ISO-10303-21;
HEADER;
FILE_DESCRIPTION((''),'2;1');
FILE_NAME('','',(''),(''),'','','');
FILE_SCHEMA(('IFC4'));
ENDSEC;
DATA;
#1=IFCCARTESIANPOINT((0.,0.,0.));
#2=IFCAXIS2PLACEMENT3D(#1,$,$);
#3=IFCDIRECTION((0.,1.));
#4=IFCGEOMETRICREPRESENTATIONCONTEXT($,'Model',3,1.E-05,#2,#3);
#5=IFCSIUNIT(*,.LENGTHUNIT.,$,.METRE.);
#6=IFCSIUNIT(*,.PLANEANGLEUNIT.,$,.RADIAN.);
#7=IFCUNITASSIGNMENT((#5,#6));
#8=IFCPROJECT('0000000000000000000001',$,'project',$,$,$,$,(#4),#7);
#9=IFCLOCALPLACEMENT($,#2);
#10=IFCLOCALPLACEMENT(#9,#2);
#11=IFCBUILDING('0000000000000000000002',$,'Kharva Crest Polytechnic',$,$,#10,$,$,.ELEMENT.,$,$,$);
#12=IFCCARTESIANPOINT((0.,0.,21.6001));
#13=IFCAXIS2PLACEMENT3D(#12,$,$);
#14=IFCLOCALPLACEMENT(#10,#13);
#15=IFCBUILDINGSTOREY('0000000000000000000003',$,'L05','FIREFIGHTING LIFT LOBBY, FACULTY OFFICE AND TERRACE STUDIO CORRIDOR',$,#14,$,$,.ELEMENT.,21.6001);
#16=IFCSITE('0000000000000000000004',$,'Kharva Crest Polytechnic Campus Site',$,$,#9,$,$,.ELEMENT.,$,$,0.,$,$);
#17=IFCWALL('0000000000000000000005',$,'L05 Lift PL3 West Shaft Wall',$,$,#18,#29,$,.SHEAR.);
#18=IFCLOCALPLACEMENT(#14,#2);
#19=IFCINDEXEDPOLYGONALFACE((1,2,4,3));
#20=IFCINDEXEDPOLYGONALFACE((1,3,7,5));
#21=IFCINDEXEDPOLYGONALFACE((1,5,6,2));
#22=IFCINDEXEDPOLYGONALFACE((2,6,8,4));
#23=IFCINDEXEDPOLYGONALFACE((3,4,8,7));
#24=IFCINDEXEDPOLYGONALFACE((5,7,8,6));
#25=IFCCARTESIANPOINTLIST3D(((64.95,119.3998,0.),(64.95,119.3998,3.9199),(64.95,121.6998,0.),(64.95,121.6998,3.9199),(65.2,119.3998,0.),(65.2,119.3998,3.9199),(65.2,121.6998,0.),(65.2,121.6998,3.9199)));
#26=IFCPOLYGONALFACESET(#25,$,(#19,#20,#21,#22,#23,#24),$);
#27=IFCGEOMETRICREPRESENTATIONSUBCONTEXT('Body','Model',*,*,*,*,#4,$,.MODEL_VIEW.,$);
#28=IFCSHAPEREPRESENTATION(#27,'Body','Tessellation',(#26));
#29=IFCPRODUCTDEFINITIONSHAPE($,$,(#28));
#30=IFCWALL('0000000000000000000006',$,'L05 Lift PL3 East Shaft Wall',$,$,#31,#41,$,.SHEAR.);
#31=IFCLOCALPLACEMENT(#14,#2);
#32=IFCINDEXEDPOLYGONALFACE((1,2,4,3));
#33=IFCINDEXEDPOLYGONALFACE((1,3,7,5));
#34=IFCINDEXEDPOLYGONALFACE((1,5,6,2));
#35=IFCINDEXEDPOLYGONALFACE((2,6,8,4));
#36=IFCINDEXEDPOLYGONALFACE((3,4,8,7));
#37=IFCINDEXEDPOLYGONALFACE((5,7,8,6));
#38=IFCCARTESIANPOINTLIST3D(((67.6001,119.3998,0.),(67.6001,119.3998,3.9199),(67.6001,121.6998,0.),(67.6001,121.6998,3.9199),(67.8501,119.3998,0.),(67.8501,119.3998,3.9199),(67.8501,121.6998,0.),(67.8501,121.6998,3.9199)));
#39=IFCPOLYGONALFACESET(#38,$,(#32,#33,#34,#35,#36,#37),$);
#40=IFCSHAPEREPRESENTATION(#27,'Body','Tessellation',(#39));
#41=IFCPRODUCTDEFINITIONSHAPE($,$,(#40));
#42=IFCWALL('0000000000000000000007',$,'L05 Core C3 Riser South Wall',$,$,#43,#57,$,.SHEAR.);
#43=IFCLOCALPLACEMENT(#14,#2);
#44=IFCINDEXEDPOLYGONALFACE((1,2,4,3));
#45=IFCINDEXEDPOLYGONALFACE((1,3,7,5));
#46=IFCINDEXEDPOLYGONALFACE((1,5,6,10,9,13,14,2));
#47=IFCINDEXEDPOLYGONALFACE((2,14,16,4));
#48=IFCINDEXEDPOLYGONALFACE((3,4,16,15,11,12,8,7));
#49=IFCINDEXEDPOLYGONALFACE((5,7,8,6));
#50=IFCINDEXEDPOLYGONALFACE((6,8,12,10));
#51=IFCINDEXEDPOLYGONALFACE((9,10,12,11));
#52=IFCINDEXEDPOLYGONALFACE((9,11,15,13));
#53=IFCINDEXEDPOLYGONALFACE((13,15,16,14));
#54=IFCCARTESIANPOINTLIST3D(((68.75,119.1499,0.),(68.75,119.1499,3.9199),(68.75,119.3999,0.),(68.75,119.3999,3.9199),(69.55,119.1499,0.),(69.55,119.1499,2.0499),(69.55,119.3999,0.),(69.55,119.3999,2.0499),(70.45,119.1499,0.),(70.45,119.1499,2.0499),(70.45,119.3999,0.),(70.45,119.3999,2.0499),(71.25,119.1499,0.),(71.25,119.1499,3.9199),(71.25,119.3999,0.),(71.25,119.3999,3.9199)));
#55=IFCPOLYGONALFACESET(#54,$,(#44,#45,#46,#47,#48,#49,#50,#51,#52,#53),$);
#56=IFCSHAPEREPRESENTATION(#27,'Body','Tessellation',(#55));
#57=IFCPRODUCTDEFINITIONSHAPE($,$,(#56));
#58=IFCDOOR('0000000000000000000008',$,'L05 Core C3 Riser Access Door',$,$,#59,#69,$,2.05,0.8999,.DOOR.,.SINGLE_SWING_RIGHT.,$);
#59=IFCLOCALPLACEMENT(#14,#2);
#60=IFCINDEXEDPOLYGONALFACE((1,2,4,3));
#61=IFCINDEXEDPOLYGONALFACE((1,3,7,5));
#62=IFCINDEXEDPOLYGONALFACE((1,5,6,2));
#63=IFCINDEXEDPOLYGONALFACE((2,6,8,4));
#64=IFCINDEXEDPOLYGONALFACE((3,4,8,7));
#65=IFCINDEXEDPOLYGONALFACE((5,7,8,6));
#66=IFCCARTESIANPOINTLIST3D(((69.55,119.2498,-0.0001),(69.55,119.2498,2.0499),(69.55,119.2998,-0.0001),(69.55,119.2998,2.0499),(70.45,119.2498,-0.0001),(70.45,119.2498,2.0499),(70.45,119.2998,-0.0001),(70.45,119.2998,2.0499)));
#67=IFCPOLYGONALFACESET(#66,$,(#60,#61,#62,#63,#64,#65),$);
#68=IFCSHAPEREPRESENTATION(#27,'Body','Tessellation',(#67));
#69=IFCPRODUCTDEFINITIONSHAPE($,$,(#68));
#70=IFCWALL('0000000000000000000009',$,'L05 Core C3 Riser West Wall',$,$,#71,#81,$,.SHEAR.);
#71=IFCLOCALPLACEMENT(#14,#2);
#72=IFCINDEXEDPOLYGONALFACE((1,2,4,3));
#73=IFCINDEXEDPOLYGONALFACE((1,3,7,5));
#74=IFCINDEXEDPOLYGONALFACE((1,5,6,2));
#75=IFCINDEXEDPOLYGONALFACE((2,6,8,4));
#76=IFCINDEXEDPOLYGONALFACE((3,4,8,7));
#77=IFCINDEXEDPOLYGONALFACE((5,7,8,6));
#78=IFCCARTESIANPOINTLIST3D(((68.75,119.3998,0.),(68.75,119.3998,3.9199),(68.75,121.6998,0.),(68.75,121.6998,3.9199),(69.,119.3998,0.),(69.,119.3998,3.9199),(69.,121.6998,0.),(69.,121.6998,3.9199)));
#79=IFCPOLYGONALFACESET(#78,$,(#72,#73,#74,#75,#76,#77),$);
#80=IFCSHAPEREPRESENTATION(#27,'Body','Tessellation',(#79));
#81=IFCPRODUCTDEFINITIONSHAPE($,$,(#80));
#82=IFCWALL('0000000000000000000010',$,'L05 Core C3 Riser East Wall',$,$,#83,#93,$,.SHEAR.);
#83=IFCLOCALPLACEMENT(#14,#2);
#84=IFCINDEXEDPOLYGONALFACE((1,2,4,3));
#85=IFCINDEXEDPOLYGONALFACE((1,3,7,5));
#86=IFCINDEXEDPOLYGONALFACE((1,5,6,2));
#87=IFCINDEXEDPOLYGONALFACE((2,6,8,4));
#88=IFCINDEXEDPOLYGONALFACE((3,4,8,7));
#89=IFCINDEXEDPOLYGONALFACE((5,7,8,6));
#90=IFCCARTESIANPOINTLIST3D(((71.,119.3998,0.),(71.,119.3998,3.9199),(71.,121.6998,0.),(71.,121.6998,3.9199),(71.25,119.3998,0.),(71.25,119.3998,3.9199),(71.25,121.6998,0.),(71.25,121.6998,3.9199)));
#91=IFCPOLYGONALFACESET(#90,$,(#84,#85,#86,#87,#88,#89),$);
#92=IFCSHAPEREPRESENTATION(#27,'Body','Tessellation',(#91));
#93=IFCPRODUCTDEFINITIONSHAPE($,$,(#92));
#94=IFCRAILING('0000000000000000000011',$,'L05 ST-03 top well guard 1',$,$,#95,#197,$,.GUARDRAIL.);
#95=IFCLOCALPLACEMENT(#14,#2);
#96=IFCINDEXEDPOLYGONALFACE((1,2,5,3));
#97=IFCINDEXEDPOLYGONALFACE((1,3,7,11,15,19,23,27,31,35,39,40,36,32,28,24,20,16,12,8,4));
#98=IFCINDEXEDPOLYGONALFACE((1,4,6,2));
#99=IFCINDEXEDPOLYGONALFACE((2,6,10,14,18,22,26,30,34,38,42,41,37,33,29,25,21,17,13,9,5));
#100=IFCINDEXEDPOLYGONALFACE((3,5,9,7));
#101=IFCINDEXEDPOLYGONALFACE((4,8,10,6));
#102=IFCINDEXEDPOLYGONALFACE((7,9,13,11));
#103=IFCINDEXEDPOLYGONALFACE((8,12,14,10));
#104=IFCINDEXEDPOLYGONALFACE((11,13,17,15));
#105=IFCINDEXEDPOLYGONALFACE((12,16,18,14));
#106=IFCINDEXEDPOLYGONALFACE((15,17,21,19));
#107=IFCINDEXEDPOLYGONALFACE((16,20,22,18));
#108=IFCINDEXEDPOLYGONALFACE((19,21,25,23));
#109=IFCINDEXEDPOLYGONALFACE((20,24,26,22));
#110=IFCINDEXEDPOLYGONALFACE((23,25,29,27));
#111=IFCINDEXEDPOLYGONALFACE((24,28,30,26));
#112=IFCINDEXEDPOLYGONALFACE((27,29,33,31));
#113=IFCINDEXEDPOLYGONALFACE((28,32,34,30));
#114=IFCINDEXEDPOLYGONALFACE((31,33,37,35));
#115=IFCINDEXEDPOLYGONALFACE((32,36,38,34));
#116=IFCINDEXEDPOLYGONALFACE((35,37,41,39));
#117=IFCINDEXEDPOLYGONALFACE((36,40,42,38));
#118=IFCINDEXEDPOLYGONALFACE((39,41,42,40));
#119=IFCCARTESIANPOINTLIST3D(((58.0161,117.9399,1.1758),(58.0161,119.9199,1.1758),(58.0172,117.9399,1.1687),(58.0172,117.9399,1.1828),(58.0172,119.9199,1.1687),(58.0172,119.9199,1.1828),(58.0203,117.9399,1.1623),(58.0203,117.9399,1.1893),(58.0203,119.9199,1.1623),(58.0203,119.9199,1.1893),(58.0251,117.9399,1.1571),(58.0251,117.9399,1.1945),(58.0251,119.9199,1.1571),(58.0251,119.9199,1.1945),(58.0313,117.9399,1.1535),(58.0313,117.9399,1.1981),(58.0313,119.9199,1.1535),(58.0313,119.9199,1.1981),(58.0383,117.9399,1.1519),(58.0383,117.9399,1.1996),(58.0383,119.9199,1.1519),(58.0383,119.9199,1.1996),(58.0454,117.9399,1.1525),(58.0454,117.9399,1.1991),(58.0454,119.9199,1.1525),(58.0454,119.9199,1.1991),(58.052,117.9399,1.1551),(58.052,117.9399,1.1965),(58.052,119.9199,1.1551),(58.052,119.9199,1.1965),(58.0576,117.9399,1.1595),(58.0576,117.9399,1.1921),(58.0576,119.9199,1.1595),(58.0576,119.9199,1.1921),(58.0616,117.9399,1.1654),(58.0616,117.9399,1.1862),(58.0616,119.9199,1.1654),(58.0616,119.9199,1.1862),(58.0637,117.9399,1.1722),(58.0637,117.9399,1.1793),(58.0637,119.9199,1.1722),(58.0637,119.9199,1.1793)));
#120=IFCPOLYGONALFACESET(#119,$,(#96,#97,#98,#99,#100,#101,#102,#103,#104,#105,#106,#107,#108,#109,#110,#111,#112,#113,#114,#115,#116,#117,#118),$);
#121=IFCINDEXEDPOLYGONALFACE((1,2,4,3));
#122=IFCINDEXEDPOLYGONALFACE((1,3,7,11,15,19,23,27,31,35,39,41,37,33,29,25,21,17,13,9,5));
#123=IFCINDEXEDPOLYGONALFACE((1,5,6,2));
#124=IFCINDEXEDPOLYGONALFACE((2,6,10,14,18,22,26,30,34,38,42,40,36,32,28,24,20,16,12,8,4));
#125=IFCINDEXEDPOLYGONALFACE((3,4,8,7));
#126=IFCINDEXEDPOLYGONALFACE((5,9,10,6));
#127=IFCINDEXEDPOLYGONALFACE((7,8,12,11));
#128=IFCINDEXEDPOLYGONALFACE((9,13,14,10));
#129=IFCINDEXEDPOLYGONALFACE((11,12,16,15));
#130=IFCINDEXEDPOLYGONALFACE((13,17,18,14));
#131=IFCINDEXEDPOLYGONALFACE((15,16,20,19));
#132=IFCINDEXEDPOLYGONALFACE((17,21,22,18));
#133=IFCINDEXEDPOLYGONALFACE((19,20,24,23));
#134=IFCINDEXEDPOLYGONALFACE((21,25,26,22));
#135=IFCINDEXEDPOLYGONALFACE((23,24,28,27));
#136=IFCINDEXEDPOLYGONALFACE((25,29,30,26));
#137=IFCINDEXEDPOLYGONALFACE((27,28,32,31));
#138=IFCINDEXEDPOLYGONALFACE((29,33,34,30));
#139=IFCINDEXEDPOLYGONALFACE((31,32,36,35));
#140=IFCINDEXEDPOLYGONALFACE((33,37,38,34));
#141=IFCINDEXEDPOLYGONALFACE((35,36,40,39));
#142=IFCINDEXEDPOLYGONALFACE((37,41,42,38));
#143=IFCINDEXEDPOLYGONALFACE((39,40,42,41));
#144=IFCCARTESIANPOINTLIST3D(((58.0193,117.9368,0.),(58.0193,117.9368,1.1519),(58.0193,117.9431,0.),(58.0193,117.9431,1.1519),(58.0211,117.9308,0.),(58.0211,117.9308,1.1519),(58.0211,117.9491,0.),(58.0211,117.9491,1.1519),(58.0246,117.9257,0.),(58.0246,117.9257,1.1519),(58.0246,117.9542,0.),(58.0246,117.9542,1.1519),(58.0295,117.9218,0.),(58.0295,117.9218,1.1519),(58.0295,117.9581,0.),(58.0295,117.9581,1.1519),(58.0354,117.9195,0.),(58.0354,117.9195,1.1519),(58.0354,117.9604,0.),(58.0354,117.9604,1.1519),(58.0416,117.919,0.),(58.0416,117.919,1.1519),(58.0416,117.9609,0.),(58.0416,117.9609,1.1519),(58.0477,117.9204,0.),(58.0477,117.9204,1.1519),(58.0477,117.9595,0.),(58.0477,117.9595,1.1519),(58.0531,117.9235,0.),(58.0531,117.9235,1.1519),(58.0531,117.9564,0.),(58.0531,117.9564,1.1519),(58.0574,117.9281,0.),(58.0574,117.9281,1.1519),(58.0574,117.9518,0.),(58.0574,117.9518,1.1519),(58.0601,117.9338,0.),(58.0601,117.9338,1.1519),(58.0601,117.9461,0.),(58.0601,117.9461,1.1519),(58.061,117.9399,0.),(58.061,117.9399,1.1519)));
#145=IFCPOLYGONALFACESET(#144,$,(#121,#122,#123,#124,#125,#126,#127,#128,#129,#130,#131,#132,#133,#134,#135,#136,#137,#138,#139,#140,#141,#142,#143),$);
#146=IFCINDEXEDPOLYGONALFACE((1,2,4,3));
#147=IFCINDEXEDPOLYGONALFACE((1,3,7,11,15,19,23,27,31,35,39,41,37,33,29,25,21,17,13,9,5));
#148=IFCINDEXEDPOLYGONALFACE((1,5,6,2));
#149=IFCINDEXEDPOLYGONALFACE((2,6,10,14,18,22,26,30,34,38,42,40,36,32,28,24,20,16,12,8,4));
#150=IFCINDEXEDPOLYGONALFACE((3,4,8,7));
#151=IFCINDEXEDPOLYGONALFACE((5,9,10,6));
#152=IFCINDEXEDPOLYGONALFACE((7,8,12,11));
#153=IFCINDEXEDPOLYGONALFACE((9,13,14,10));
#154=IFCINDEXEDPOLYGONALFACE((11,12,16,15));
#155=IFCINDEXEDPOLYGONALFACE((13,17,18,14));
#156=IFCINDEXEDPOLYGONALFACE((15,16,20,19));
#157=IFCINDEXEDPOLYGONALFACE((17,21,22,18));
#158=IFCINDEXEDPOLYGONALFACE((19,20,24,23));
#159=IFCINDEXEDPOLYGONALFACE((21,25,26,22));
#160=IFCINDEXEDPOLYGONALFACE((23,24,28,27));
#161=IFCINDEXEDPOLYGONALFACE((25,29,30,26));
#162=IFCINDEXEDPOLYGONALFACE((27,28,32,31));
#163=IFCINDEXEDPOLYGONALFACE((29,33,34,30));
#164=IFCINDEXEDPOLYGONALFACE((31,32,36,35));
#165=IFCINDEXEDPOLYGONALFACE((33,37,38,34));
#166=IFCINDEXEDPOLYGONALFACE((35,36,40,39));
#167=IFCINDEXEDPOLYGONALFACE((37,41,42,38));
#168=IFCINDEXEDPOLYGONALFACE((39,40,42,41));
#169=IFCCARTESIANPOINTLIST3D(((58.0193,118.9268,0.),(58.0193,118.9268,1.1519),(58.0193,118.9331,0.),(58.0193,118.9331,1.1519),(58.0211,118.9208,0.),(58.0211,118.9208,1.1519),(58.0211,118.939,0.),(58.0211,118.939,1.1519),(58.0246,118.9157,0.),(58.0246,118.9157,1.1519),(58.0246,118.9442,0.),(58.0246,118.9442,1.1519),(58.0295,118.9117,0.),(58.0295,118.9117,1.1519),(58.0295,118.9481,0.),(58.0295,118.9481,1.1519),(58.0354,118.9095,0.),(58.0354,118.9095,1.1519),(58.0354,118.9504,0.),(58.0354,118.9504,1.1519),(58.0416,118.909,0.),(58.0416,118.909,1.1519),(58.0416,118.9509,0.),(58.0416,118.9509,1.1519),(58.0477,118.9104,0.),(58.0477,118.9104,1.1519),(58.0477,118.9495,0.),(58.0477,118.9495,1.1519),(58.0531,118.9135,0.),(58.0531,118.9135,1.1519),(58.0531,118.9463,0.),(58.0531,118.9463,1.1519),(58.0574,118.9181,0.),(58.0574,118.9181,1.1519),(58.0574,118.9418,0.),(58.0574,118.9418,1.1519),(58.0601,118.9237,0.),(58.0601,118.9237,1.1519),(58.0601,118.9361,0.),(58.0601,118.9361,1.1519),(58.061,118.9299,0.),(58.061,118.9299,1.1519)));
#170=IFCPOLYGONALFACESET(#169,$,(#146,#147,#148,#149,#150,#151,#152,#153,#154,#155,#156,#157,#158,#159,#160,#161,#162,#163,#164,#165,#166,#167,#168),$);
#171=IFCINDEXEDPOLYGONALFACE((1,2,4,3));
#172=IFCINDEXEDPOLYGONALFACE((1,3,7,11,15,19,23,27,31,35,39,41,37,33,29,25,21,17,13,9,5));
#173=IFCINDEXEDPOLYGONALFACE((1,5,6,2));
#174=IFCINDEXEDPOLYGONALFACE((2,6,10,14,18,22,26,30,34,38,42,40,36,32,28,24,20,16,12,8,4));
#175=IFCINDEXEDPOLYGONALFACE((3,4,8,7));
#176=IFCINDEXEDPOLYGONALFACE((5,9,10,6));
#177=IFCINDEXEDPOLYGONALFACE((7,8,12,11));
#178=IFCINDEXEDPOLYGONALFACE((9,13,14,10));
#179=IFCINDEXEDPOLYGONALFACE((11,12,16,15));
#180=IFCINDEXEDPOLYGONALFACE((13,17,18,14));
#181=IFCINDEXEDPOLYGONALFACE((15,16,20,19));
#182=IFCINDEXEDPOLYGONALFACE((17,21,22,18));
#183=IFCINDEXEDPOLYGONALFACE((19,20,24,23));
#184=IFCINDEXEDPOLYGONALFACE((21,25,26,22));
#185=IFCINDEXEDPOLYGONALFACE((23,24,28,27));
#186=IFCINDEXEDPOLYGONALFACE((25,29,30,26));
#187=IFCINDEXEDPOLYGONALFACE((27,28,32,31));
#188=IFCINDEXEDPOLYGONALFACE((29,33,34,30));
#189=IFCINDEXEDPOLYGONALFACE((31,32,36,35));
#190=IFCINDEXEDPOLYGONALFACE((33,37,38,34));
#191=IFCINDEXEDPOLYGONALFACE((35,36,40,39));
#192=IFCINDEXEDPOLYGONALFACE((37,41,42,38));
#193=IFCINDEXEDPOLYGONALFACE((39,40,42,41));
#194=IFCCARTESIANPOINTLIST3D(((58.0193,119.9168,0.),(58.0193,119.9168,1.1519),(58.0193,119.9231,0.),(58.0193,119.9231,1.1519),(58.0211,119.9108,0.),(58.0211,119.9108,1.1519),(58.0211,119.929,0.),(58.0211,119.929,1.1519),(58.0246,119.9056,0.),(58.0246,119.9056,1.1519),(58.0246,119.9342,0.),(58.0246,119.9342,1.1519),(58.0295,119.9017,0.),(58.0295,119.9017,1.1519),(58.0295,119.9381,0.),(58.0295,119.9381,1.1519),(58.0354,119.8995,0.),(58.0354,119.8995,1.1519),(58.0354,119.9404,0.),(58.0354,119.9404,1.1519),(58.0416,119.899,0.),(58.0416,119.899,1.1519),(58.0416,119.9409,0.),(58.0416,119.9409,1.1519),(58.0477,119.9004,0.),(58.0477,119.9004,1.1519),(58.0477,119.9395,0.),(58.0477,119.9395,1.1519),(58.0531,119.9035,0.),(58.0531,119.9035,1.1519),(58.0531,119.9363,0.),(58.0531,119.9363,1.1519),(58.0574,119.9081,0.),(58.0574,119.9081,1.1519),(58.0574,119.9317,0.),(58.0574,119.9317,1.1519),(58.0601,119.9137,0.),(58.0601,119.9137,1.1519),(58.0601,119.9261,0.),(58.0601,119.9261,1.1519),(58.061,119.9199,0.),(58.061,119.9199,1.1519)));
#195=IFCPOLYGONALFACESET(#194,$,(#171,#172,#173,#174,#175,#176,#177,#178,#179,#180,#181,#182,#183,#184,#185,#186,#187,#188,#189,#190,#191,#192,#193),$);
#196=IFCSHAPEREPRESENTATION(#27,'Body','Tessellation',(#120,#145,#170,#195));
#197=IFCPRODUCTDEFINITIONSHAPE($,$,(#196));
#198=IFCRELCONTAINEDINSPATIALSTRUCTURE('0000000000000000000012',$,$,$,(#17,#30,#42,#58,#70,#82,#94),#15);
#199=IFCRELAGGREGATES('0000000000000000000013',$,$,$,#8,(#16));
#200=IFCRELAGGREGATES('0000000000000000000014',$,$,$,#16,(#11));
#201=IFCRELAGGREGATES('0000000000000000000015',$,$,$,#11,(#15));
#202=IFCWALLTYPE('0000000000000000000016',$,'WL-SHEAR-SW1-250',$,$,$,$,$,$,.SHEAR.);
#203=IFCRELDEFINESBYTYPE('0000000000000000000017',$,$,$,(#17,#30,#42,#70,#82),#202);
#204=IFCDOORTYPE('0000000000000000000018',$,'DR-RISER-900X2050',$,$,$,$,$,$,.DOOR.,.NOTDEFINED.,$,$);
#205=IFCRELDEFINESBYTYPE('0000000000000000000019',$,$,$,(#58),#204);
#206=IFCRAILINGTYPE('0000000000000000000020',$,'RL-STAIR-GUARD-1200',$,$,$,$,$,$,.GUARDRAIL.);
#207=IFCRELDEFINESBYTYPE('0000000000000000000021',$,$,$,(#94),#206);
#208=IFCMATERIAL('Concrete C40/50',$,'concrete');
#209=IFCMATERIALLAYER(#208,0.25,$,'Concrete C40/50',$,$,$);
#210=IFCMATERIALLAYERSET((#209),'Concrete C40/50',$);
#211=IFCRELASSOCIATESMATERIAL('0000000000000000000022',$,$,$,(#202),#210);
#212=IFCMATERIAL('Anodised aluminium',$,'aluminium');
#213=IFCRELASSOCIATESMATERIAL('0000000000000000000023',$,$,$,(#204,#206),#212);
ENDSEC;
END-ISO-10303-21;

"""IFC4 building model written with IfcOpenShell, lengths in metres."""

from ifc_helpers import new_model, si_unit, direction, frame, frame_2d, origin, origin_2d, place, context, subcontext, project, spatial, rectangle, circle, extrude, material, layer, layer_set, type_object, element, fill, save


model = new_model("IFC4")

# Units and contexts
model_context = context("Model", 3, precision=1e-05, world=origin(), true_north=direction((0.0, 1.0)))
body_context = subcontext(model_context, "Body", "Model", "MODEL_VIEW")
ifc_project = project(units=[si_unit("LENGTHUNIT", "METRE"), si_unit("PLANEANGLEUNIT", "RADIAN")], contexts=[model_context])

# Site, building, storey
site_placement = place(None, origin())
site = spatial("IfcSite", under=ifc_project, at=site_placement, Name="Kharva Crest Polytechnic Campus Site", CompositionType="ELEMENT", RefElevation=0.0)
building_placement = place(site_placement, origin())
building = spatial("IfcBuilding", under=site, at=building_placement, Name="Kharva Crest Polytechnic", CompositionType="ELEMENT")
storey_placement = place(building_placement, frame((0.0, 0.0, 21.6001)))
storey = spatial("IfcBuildingStorey", under=building, at=storey_placement, Name="L05", Description="FIREFIGHTING LIFT LOBBY, FACULTY OFFICE AND TERRACE STUDIO CORRIDOR", CompositionType="ELEMENT", Elevation=21.6001)

# Shared definitions
ifc_material_1 = material(Name="Concrete C40/50", Category="concrete")

# Shared definitions
ifc_material_2 = material(Name="Anodised aluminium", Category="aluminium")

# Shared definitions
ifc_layer_1 = layer(ifc_material_1, 0.25, Name="Concrete C40/50")
ifc_layer_set_1 = layer_set([ifc_layer_1], Name="Concrete C40/50")
wall_type_1 = type_object("IfcWallType", Name="WL-SHEAR-SW1-250", PredefinedType="SHEAR", material=ifc_layer_set_1)

# Walls
for number, where, z_axis, x_axis, name in (
    (1, (65.075, 119.3999, 0.0), (0.0, 0.0, 1.0), (0.0, 1.0, 0.0), "L05 Lift PL3 West Shaft Wall"),
    (2, (67.7251, 119.3999, 0.0), (0.0, 0.0, 1.0), (0.0, 1.0, 0.0), "L05 Lift PL3 East Shaft Wall"),
):
    element("IfcWall", number, at=place(storey_placement, frame(where, z_axis=z_axis, x_axis=x_axis)), inside=storey, type_object=wall_type_1, Name=name, PredefinedType="SHEAR", context=body_context, shape_type="SweptSolid", body=[
        extrude(rectangle(XDim=2.3, YDim=0.25, at=frame_2d((1.1499, 0.0))), origin(), (0.0, 0.0, 1.0), 3.9199),
    ])

# Wall, opening, door
wall_1_placement = place(storey_placement, frame((68.75, 119.2749, 0.0), z_axis=(0.0, 0.0, 1.0), x_axis=(1.0, 0.0, 0.0)))
wall_1 = element("IfcWall", 3, at=wall_1_placement, inside=storey, type_object=wall_type_1, Name="L05 Core C3 Riser South Wall", PredefinedType="SHEAR", context=body_context, shape_type="SweptSolid", body=[
    extrude(rectangle(XDim=2.5, YDim=0.25, at=frame_2d((1.25, 0.0))), origin(), (0.0, 0.0, 1.0), 3.9199),
])
opening_1_placement = place(wall_1_placement, frame((0.8, 0.0, 0.0)))
opening_1 = element("IfcOpeningElement", 4, at=opening_1_placement, cuts=wall_1, PredefinedType="OPENING", context=body_context, shape_type="SweptSolid", body=[
    extrude(rectangle(XDim=0.8999, YDim=2.05, at=frame_2d((0.45, 1.0249))), frame((0.0, 0.135, 0.0), z_axis=(0.0, -1.0, 0.0), x_axis=(1.0, 0.0, 0.0)), (0.0, 0.0, 1.0), 0.27),
])
door_type_1 = type_object("IfcDoorType", Name="DR-RISER-900X2050", OperationType="NOTDEFINED", PredefinedType="DOOR", material=ifc_material_2)
door_1_placement = place(opening_1_placement, origin())
door_1 = element("IfcDoor", 5, at=door_1_placement, inside=storey, type_object=door_type_1, Name="L05 Core C3 Riser Access Door", OperationType="SINGLE_SWING_RIGHT", OverallHeight=2.05, OverallWidth=0.8999, PredefinedType="DOOR", context=body_context, shape_type="SweptSolid", body=[
    extrude(rectangle(XDim=0.8999, YDim=2.05, at=frame_2d((0.45, 1.0249))), frame((0.0, 0.0249, 0.0), z_axis=(0.0, -1.0, 0.0), x_axis=(1.0, 0.0, 0.0)), (0.0, 0.0, 1.0), 0.05),
])
fill(opening_1, door_1)

# Walls
for number, where, z_axis, x_axis, name in (
    (6, (68.875, 119.3999, 0.0), (0.0, 0.0, 1.0), (0.0, 1.0, 0.0), "L05 Core C3 Riser West Wall"),
    (7, (71.125, 119.3999, 0.0), (0.0, 0.0, 1.0), (0.0, 1.0, 0.0), "L05 Core C3 Riser East Wall"),
):
    element("IfcWall", number, at=place(storey_placement, frame(where, z_axis=z_axis, x_axis=x_axis)), inside=storey, type_object=wall_type_1, Name=name, PredefinedType="SHEAR", context=body_context, shape_type="SweptSolid", body=[
        extrude(rectangle(XDim=2.3, YDim=0.25, at=frame_2d((1.1499, 0.0))), origin(), (0.0, 0.0, 1.0), 3.9199),
    ])

# Railing
railing_type_1 = type_object("IfcRailingType", Name="RL-STAIR-GUARD-1200", PredefinedType="GUARDRAIL", material=ifc_material_2)
railing_1_placement = place(storey_placement, frame((58.04, 117.9399, 0.0)))
element("IfcRailing", 8, at=railing_1_placement, inside=storey, type_object=railing_type_1, Name="L05 ST-03 top well guard 1", PredefinedType="GUARDRAIL", context=body_context, shape_type="SweptSolid", body=[
    extrude(circle(Radius=0.0239, at=origin_2d()), frame((0.0, 0.0, 1.1758), z_axis=(0.0, 1.0, 0.0), x_axis=(-1.0, 0.0, 0.0)), (0.0, 0.0, 1.0), 1.98),
    extrude(circle(Radius=0.021, at=origin_2d()), origin(), (0.0, 0.0, 1.0), 1.1519),
    extrude(circle(Radius=0.021, at=origin_2d()), frame((0.0, 0.99, 0.0)), (0.0, 0.0, 1.0), 1.1519),
    extrude(circle(Radius=0.021, at=origin_2d()), frame((0.0, 1.98, 0.0)), (0.0, 0.0, 1.0), 1.1519),
])

save(model, "model.ifc")
